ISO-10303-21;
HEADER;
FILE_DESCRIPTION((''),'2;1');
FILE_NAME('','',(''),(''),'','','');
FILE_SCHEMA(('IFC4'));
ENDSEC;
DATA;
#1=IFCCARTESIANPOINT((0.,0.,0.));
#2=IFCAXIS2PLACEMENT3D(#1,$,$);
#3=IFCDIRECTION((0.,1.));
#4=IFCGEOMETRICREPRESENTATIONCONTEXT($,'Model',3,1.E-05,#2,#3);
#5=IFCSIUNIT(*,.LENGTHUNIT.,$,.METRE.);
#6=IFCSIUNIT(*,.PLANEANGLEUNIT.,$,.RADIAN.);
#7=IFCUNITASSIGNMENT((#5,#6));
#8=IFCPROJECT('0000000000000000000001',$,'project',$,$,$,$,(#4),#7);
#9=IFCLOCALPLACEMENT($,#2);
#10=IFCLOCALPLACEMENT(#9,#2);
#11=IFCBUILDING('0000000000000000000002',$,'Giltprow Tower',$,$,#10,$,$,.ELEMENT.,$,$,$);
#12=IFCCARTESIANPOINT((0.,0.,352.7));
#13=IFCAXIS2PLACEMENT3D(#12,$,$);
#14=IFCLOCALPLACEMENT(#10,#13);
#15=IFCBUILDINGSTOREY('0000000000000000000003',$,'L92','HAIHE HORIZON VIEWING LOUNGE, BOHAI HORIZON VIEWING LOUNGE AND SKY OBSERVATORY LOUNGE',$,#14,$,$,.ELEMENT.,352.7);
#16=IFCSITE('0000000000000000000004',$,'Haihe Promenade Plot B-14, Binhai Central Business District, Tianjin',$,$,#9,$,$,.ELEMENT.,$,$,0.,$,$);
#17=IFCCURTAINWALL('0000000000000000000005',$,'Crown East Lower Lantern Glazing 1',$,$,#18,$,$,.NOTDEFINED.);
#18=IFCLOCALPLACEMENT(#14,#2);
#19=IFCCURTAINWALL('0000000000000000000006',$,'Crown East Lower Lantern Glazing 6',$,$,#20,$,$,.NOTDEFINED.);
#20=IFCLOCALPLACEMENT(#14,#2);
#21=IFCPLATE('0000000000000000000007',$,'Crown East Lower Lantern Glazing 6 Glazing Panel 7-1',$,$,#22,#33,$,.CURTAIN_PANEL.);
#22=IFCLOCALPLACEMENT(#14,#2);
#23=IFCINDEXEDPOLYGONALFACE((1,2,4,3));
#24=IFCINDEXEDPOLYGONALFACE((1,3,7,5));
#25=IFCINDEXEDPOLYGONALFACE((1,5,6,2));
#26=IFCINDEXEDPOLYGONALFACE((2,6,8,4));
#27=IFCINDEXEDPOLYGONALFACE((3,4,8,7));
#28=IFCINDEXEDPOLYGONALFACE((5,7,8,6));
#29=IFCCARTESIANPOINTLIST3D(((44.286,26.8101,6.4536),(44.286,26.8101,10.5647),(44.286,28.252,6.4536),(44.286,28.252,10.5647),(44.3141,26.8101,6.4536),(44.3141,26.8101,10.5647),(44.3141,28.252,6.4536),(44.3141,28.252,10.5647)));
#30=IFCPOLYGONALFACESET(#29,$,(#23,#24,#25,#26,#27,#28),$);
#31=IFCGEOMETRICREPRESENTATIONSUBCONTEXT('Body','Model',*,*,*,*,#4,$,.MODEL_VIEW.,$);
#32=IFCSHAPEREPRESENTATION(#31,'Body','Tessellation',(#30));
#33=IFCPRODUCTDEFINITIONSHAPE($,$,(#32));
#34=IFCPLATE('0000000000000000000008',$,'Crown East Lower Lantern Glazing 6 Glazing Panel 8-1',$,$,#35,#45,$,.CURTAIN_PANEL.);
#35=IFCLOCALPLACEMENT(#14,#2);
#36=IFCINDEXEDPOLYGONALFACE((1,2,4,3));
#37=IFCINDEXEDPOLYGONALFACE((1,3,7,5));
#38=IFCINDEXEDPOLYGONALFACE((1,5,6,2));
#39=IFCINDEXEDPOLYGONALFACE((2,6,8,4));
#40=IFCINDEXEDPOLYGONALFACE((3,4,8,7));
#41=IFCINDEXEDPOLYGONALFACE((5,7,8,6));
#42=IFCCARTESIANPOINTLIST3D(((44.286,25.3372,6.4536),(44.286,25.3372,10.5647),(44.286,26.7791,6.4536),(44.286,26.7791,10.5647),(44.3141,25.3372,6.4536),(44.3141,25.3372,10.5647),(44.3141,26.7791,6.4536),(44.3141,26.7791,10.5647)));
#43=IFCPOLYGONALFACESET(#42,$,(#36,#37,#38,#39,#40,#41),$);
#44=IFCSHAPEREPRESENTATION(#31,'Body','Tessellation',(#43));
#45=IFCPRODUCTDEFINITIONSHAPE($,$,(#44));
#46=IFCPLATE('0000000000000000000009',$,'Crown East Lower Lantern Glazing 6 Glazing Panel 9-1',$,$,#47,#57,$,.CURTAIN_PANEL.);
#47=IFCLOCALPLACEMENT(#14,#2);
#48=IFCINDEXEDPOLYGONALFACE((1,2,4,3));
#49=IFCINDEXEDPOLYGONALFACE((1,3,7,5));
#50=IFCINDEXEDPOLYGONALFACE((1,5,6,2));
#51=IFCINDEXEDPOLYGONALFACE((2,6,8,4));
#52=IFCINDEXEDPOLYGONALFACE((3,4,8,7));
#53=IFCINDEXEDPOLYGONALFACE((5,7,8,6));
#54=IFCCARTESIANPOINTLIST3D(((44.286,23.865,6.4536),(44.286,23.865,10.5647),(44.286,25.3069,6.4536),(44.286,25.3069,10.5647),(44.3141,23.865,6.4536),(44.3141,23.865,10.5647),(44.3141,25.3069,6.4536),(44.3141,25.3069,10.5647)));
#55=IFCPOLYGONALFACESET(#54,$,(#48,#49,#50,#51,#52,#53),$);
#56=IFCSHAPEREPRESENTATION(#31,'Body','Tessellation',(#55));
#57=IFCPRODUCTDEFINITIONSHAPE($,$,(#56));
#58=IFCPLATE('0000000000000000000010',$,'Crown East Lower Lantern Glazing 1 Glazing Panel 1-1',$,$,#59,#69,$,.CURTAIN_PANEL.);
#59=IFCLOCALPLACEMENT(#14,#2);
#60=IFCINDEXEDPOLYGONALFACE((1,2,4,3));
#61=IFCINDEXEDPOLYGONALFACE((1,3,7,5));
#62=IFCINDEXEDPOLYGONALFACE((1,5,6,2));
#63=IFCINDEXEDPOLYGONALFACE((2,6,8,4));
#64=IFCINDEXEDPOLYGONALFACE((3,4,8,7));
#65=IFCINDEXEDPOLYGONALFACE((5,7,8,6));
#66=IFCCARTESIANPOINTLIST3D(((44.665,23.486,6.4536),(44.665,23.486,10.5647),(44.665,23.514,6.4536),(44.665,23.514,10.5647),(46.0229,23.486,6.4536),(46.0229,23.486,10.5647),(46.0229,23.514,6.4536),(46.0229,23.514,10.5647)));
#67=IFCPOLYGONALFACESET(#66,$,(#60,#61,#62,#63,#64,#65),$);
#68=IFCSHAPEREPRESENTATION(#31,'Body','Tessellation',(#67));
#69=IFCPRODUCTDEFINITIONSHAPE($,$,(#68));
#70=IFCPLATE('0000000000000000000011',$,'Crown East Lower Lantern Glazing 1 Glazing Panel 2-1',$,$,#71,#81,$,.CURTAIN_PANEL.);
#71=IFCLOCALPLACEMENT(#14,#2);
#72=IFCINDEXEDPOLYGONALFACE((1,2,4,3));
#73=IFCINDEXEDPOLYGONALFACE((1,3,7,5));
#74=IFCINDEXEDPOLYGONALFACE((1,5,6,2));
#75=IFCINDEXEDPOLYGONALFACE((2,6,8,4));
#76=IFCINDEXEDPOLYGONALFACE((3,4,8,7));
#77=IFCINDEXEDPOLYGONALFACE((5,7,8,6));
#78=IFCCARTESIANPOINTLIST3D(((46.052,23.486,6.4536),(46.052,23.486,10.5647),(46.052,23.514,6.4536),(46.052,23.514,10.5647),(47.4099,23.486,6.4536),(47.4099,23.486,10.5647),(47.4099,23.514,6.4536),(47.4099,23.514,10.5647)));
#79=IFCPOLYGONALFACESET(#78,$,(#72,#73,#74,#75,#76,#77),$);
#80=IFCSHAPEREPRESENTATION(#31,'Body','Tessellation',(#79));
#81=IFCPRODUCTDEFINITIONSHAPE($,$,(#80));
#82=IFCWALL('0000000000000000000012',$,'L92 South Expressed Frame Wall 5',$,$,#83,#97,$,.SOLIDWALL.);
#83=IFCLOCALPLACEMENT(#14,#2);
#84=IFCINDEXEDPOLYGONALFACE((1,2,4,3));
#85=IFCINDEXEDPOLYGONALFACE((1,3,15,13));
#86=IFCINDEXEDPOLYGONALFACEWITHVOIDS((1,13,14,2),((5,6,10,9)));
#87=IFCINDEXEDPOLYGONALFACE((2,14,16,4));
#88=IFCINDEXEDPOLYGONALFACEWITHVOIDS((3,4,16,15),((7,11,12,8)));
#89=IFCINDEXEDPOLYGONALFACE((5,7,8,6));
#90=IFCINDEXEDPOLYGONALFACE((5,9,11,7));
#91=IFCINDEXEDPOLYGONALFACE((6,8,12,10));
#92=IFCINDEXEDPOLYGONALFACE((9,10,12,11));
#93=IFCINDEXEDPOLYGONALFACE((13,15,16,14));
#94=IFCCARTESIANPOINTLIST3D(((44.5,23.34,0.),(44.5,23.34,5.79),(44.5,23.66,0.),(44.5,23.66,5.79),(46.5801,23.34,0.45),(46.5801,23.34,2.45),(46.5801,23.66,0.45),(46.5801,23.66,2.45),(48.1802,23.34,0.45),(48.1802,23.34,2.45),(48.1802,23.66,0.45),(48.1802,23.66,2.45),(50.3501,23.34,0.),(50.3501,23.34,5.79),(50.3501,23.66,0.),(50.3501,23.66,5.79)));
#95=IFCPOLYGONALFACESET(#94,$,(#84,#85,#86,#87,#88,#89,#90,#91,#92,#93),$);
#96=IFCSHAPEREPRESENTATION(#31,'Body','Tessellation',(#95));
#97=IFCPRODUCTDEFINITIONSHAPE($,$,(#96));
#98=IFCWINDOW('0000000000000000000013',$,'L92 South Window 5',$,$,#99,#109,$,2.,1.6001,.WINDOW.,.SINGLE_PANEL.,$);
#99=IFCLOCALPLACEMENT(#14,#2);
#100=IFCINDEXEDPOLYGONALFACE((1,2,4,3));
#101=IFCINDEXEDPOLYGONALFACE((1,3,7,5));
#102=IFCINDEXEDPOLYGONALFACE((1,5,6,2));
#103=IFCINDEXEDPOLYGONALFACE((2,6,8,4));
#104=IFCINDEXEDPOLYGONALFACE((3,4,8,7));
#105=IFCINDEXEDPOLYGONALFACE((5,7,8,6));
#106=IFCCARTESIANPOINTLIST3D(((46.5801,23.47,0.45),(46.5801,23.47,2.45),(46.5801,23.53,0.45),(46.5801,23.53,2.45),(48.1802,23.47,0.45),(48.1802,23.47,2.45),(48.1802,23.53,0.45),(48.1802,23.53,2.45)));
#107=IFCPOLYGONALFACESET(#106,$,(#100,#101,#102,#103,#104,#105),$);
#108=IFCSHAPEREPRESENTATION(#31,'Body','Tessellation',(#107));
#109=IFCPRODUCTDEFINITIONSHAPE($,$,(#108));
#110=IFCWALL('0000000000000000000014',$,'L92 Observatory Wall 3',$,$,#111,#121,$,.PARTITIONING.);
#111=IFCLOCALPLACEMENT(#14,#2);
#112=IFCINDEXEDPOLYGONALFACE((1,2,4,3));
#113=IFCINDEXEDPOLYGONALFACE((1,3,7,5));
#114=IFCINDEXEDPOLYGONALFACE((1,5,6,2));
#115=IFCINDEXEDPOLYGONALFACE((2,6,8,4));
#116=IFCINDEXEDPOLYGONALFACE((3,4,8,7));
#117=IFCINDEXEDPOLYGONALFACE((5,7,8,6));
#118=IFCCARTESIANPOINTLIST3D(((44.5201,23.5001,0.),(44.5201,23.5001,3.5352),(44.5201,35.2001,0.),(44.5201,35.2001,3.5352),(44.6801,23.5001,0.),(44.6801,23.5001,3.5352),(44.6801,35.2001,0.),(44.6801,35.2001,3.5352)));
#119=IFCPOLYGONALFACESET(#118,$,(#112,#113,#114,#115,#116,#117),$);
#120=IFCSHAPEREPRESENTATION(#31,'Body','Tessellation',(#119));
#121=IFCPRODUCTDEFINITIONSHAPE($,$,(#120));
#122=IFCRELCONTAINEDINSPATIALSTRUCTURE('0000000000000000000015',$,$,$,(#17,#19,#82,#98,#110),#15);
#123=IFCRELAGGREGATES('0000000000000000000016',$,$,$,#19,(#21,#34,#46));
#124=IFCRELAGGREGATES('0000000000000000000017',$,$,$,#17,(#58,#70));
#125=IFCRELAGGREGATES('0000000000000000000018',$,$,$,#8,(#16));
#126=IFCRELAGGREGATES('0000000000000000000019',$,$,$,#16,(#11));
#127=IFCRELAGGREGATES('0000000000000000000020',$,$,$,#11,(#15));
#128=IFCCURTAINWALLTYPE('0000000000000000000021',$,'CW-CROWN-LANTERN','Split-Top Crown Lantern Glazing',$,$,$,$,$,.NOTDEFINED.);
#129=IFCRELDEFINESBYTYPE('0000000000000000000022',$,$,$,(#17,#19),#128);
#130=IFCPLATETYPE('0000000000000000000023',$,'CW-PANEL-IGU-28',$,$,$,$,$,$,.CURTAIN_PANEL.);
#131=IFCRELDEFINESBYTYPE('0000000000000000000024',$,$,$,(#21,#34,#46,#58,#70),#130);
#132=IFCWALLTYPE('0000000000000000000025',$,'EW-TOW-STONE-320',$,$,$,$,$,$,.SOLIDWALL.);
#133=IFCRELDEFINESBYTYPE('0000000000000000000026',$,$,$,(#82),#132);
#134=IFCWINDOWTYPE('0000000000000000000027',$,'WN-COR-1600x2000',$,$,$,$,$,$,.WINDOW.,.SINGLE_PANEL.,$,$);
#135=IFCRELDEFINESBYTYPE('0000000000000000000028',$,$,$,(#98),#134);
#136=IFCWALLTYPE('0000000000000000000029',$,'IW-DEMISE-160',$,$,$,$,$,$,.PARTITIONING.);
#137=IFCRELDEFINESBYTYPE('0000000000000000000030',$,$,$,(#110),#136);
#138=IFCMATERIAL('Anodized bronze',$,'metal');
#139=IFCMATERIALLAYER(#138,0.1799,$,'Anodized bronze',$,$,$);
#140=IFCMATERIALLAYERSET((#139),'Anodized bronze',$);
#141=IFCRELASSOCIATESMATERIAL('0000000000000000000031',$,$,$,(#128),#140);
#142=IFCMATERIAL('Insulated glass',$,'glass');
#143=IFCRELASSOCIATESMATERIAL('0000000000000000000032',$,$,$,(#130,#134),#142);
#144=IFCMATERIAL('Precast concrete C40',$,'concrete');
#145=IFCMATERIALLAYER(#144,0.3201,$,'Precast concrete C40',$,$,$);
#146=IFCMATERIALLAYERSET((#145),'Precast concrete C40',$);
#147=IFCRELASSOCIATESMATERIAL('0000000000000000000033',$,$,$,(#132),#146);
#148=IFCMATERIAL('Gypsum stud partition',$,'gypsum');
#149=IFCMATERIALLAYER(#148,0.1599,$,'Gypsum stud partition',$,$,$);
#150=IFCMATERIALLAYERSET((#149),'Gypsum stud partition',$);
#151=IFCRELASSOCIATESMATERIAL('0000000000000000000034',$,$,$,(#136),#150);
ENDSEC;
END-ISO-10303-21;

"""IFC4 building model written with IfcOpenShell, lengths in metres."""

from ifc_helpers import new_model, si_unit, direction, frame, frame_2d, origin, origin_2d, place, context, subcontext, project, spatial, rectangle, extrude, source, transform, mapped, material, layer, layer_set, type_object, element, fill, aggregate, save


model = new_model("IFC4")

# Units and contexts
model_context = context("Model", 3, precision=1e-05, world=origin(), true_north=direction((0.0, 1.0)))
body_context = subcontext(model_context, "Body", "Model", "MODEL_VIEW")
ifc_project = project(units=[si_unit("LENGTHUNIT", "METRE"), si_unit("PLANEANGLEUNIT", "RADIAN")], contexts=[model_context])

# Site, building, storey
site_placement = place(None, origin())
site = spatial("IfcSite", under=ifc_project, at=site_placement, Name="Haihe Promenade Plot B-14, Binhai Central Business District, Tianjin", CompositionType="ELEMENT", RefElevation=0.0)
building_placement = place(site_placement, origin())
building = spatial("IfcBuilding", under=site, at=building_placement, Name="Giltprow Tower", CompositionType="ELEMENT")
storey_placement = place(building_placement, frame((0.0, 0.0, 352.7)))
storey = spatial("IfcBuildingStorey", under=building, at=storey_placement, Name="L92", Description="HAIHE HORIZON VIEWING LOUNGE, BOHAI HORIZON VIEWING LOUNGE AND SKY OBSERVATORY LOUNGE", CompositionType="ELEMENT", Elevation=352.7)

# Curtain walls
ifc_material_1 = material(Name="Anodized bronze", Category="metal")
ifc_layer_1 = layer(ifc_material_1, 0.1799, Name="Anodized bronze")
ifc_layer_set_1 = layer_set([ifc_layer_1], Name="Anodized bronze")
curtain_wall_type = type_object("IfcCurtainWallType", Name="CW-CROWN-LANTERN", Description="Split-Top Crown Lantern Glazing", PredefinedType="NOTDEFINED", material=ifc_layer_set_1)
curtain_wall_1_placement = place(storey_placement, origin())
curtain_wall_1 = element("IfcCurtainWall", 1, at=curtain_wall_1_placement, inside=storey, type_object=curtain_wall_type, Name="Crown East Lower Lantern Glazing 1", PredefinedType="NOTDEFINED")
curtain_wall_2_placement = place(storey_placement, origin())
curtain_wall_2 = element("IfcCurtainWall", 2, at=curtain_wall_2_placement, inside=storey, type_object=curtain_wall_type, Name="Crown East Lower Lantern Glazing 6", PredefinedType="NOTDEFINED")

# Plates
ifc_material_2 = material(Name="Insulated glass", Category="glass")
plate_type = type_object("IfcPlateType", Name="CW-PANEL-IGU-28", PredefinedType="CURTAIN_PANEL", material=ifc_material_2)
shared_shape_1 = source(origin(), body_context, "Body", "SweptSolid", [
    extrude(rectangle(XDim=1.4419, YDim=0.0281, at=origin_2d()), origin(), (0.0, 0.0, 1.0), 4.1111),
])
plate_1_placement = place(storey_placement, frame((44.3, 27.531, 6.4536), z_axis=(0.0, 0.0, 1.0), x_axis=(0.0, -1.0, 0.0)))
plate_1 = element("IfcPlate", 3, at=plate_1_placement, type_object=plate_type, Name="Crown East Lower Lantern Glazing 6 Glazing Panel 7-1", PredefinedType="CURTAIN_PANEL", context=body_context, shape_type="MappedRepresentation", body=[
    mapped(shared_shape_1, transform((0.0, 0.0, 0.0), x_axis=(1.0, 0.0, 0.0), y_axis=(0.0, 1.0, 0.0), z_axis=(0.0, 0.0, 1.0), scale=1.0)),
])
plate_2_placement = place(storey_placement, frame((44.3, 26.0581, 6.4536), z_axis=(0.0, 0.0, 1.0), x_axis=(0.0, -1.0, 0.0)))
plate_2 = element("IfcPlate", 4, at=plate_2_placement, type_object=plate_type, Name="Crown East Lower Lantern Glazing 6 Glazing Panel 8-1", PredefinedType="CURTAIN_PANEL", context=body_context, shape_type="MappedRepresentation", body=[
    mapped(shared_shape_1, transform((0.0, 0.0, 0.0), x_axis=(1.0, 0.0, 0.0), y_axis=(0.0, 1.0, 0.0), z_axis=(0.0, 0.0, 1.0), scale=1.0)),
])
plate_3_placement = place(storey_placement, frame((44.3, 24.5859, 6.4536), z_axis=(0.0, 0.0, 1.0), x_axis=(0.0, -1.0, 0.0)))
plate_3 = element("IfcPlate", 5, at=plate_3_placement, type_object=plate_type, Name="Crown East Lower Lantern Glazing 6 Glazing Panel 9-1", PredefinedType="CURTAIN_PANEL", context=body_context, shape_type="MappedRepresentation", body=[
    mapped(shared_shape_1, transform((0.0, 0.0, 0.0), x_axis=(1.0, 0.0, 0.0), y_axis=(0.0, 1.0, 0.0), z_axis=(0.0, 0.0, 1.0), scale=1.0)),
])
aggregate(curtain_wall_2, [plate_1, plate_2, plate_3])
shared_shape_2 = source(origin(), body_context, "Body", "SweptSolid", [
    extrude(rectangle(XDim=1.3579, YDim=0.0281, at=origin_2d()), origin(), (0.0, 0.0, 1.0), 4.1111),
])
plate_4_placement = place(storey_placement, frame((45.344, 23.5, 6.4536), z_axis=(0.0, 0.0, 1.0), x_axis=(1.0, 0.0, 0.0)))
plate_4 = element("IfcPlate", 6, at=plate_4_placement, type_object=plate_type, Name="Crown East Lower Lantern Glazing 1 Glazing Panel 1-1", PredefinedType="CURTAIN_PANEL", context=body_context, shape_type="MappedRepresentation", body=[
    mapped(shared_shape_2, transform((0.0, 0.0, 0.0), x_axis=(1.0, 0.0, 0.0), y_axis=(0.0, 1.0, 0.0), z_axis=(0.0, 0.0, 1.0), scale=1.0)),
])
plate_5_placement = place(storey_placement, frame((46.731, 23.5, 6.4536), z_axis=(0.0, 0.0, 1.0), x_axis=(1.0, 0.0, 0.0)))
plate_5 = element("IfcPlate", 7, at=plate_5_placement, type_object=plate_type, Name="Crown East Lower Lantern Glazing 1 Glazing Panel 2-1", PredefinedType="CURTAIN_PANEL", context=body_context, shape_type="MappedRepresentation", body=[
    mapped(shared_shape_2, transform((0.0, 0.0, 0.0), x_axis=(1.0, 0.0, 0.0), y_axis=(0.0, 1.0, 0.0), z_axis=(0.0, 0.0, 1.0), scale=1.0)),
])
aggregate(curtain_wall_1, [plate_4, plate_5])

# Wall, opening, window
ifc_material_3 = material(Name="Precast concrete C40", Category="concrete")
ifc_layer_2 = layer(ifc_material_3, 0.3201, Name="Precast concrete C40")
ifc_layer_set_2 = layer_set([ifc_layer_2], Name="Precast concrete C40")
wall_type_1 = type_object("IfcWallType", Name="EW-TOW-STONE-320", PredefinedType="SOLIDWALL", material=ifc_layer_set_2)
wall_1_placement = place(storey_placement, frame((44.5, 23.5, 0.0), z_axis=(0.0, 0.0, 1.0), x_axis=(1.0, 0.0, 0.0)))
wall_1 = element("IfcWall", 8, at=wall_1_placement, inside=storey, type_object=wall_type_1, Name="L92 South Expressed Frame Wall 5", PredefinedType="SOLIDWALL", context=body_context, shape_type="SweptSolid", body=[
    extrude(rectangle(XDim=5.8501, YDim=0.3201, at=frame_2d((2.925, 0.0))), origin(), (0.0, 0.0, 1.0), 5.79),
])
opening_placement = place(wall_1_placement, frame((2.0801, 0.0, 0.45)))
opening = element("IfcOpeningElement", 9, at=opening_placement, cuts=wall_1, PredefinedType="OPENING", context=body_context, shape_type="SweptSolid", body=[
    extrude(rectangle(XDim=1.6001, YDim=2.0, at=frame_2d((0.8, 1.0))), frame((0.0, 0.1699, 0.0), z_axis=(0.0, -1.0, 0.0), x_axis=(1.0, 0.0, 0.0)), (0.0, 0.0, 1.0), 0.3401),
])
window_type = type_object("IfcWindowType", Name="WN-COR-1600x2000", PartitioningType="SINGLE_PANEL", PredefinedType="WINDOW", material=ifc_material_2)
shared_shape_3 = source(origin(), body_context, "Body", "SweptSolid", [
    extrude(rectangle(XDim=1.6001, YDim=2.0, at=frame_2d((0.8, 1.0))), frame((0.0, 0.03, 0.0), z_axis=(0.0, -1.0, 0.0), x_axis=(1.0, 0.0, 0.0)), (0.0, 0.0, 1.0), 0.0601),
])
window_placement = place(opening_placement, origin())
window = element("IfcWindow", 10, at=window_placement, inside=storey, type_object=window_type, Name="L92 South Window 5", OverallHeight=2.0, OverallWidth=1.6001, PartitioningType="SINGLE_PANEL", PredefinedType="WINDOW", context=body_context, shape_type="MappedRepresentation", body=[
    mapped(shared_shape_3, transform((0.0, 0.0, 0.0), x_axis=(1.0, 0.0, 0.0), y_axis=(0.0, 1.0, 0.0), z_axis=(0.0, 0.0, 1.0), scale=1.0)),
])
fill(opening, window)

# Wall
ifc_material_4 = material(Name="Gypsum stud partition", Category="gypsum")
ifc_layer_3 = layer(ifc_material_4, 0.1599, Name="Gypsum stud partition")
ifc_layer_set_3 = layer_set([ifc_layer_3], Name="Gypsum stud partition")
wall_type_2 = type_object("IfcWallType", Name="IW-DEMISE-160", PredefinedType="PARTITIONING", material=ifc_layer_set_3)
wall_2_placement = place(storey_placement, frame((44.6001, 23.5, 0.0), z_axis=(0.0, 0.0, 1.0), x_axis=(0.0, 1.0, 0.0)))
element("IfcWall", 11, at=wall_2_placement, inside=storey, type_object=wall_type_2, Name="L92 Observatory Wall 3", PredefinedType="PARTITIONING", context=body_context, shape_type="SweptSolid", body=[
    extrude(rectangle(XDim=11.7, YDim=0.1599, at=frame_2d((5.8501, 0.0))), origin(), (0.0, 0.0, 1.0), 3.5352),
])

save(model, "model.ifc")
